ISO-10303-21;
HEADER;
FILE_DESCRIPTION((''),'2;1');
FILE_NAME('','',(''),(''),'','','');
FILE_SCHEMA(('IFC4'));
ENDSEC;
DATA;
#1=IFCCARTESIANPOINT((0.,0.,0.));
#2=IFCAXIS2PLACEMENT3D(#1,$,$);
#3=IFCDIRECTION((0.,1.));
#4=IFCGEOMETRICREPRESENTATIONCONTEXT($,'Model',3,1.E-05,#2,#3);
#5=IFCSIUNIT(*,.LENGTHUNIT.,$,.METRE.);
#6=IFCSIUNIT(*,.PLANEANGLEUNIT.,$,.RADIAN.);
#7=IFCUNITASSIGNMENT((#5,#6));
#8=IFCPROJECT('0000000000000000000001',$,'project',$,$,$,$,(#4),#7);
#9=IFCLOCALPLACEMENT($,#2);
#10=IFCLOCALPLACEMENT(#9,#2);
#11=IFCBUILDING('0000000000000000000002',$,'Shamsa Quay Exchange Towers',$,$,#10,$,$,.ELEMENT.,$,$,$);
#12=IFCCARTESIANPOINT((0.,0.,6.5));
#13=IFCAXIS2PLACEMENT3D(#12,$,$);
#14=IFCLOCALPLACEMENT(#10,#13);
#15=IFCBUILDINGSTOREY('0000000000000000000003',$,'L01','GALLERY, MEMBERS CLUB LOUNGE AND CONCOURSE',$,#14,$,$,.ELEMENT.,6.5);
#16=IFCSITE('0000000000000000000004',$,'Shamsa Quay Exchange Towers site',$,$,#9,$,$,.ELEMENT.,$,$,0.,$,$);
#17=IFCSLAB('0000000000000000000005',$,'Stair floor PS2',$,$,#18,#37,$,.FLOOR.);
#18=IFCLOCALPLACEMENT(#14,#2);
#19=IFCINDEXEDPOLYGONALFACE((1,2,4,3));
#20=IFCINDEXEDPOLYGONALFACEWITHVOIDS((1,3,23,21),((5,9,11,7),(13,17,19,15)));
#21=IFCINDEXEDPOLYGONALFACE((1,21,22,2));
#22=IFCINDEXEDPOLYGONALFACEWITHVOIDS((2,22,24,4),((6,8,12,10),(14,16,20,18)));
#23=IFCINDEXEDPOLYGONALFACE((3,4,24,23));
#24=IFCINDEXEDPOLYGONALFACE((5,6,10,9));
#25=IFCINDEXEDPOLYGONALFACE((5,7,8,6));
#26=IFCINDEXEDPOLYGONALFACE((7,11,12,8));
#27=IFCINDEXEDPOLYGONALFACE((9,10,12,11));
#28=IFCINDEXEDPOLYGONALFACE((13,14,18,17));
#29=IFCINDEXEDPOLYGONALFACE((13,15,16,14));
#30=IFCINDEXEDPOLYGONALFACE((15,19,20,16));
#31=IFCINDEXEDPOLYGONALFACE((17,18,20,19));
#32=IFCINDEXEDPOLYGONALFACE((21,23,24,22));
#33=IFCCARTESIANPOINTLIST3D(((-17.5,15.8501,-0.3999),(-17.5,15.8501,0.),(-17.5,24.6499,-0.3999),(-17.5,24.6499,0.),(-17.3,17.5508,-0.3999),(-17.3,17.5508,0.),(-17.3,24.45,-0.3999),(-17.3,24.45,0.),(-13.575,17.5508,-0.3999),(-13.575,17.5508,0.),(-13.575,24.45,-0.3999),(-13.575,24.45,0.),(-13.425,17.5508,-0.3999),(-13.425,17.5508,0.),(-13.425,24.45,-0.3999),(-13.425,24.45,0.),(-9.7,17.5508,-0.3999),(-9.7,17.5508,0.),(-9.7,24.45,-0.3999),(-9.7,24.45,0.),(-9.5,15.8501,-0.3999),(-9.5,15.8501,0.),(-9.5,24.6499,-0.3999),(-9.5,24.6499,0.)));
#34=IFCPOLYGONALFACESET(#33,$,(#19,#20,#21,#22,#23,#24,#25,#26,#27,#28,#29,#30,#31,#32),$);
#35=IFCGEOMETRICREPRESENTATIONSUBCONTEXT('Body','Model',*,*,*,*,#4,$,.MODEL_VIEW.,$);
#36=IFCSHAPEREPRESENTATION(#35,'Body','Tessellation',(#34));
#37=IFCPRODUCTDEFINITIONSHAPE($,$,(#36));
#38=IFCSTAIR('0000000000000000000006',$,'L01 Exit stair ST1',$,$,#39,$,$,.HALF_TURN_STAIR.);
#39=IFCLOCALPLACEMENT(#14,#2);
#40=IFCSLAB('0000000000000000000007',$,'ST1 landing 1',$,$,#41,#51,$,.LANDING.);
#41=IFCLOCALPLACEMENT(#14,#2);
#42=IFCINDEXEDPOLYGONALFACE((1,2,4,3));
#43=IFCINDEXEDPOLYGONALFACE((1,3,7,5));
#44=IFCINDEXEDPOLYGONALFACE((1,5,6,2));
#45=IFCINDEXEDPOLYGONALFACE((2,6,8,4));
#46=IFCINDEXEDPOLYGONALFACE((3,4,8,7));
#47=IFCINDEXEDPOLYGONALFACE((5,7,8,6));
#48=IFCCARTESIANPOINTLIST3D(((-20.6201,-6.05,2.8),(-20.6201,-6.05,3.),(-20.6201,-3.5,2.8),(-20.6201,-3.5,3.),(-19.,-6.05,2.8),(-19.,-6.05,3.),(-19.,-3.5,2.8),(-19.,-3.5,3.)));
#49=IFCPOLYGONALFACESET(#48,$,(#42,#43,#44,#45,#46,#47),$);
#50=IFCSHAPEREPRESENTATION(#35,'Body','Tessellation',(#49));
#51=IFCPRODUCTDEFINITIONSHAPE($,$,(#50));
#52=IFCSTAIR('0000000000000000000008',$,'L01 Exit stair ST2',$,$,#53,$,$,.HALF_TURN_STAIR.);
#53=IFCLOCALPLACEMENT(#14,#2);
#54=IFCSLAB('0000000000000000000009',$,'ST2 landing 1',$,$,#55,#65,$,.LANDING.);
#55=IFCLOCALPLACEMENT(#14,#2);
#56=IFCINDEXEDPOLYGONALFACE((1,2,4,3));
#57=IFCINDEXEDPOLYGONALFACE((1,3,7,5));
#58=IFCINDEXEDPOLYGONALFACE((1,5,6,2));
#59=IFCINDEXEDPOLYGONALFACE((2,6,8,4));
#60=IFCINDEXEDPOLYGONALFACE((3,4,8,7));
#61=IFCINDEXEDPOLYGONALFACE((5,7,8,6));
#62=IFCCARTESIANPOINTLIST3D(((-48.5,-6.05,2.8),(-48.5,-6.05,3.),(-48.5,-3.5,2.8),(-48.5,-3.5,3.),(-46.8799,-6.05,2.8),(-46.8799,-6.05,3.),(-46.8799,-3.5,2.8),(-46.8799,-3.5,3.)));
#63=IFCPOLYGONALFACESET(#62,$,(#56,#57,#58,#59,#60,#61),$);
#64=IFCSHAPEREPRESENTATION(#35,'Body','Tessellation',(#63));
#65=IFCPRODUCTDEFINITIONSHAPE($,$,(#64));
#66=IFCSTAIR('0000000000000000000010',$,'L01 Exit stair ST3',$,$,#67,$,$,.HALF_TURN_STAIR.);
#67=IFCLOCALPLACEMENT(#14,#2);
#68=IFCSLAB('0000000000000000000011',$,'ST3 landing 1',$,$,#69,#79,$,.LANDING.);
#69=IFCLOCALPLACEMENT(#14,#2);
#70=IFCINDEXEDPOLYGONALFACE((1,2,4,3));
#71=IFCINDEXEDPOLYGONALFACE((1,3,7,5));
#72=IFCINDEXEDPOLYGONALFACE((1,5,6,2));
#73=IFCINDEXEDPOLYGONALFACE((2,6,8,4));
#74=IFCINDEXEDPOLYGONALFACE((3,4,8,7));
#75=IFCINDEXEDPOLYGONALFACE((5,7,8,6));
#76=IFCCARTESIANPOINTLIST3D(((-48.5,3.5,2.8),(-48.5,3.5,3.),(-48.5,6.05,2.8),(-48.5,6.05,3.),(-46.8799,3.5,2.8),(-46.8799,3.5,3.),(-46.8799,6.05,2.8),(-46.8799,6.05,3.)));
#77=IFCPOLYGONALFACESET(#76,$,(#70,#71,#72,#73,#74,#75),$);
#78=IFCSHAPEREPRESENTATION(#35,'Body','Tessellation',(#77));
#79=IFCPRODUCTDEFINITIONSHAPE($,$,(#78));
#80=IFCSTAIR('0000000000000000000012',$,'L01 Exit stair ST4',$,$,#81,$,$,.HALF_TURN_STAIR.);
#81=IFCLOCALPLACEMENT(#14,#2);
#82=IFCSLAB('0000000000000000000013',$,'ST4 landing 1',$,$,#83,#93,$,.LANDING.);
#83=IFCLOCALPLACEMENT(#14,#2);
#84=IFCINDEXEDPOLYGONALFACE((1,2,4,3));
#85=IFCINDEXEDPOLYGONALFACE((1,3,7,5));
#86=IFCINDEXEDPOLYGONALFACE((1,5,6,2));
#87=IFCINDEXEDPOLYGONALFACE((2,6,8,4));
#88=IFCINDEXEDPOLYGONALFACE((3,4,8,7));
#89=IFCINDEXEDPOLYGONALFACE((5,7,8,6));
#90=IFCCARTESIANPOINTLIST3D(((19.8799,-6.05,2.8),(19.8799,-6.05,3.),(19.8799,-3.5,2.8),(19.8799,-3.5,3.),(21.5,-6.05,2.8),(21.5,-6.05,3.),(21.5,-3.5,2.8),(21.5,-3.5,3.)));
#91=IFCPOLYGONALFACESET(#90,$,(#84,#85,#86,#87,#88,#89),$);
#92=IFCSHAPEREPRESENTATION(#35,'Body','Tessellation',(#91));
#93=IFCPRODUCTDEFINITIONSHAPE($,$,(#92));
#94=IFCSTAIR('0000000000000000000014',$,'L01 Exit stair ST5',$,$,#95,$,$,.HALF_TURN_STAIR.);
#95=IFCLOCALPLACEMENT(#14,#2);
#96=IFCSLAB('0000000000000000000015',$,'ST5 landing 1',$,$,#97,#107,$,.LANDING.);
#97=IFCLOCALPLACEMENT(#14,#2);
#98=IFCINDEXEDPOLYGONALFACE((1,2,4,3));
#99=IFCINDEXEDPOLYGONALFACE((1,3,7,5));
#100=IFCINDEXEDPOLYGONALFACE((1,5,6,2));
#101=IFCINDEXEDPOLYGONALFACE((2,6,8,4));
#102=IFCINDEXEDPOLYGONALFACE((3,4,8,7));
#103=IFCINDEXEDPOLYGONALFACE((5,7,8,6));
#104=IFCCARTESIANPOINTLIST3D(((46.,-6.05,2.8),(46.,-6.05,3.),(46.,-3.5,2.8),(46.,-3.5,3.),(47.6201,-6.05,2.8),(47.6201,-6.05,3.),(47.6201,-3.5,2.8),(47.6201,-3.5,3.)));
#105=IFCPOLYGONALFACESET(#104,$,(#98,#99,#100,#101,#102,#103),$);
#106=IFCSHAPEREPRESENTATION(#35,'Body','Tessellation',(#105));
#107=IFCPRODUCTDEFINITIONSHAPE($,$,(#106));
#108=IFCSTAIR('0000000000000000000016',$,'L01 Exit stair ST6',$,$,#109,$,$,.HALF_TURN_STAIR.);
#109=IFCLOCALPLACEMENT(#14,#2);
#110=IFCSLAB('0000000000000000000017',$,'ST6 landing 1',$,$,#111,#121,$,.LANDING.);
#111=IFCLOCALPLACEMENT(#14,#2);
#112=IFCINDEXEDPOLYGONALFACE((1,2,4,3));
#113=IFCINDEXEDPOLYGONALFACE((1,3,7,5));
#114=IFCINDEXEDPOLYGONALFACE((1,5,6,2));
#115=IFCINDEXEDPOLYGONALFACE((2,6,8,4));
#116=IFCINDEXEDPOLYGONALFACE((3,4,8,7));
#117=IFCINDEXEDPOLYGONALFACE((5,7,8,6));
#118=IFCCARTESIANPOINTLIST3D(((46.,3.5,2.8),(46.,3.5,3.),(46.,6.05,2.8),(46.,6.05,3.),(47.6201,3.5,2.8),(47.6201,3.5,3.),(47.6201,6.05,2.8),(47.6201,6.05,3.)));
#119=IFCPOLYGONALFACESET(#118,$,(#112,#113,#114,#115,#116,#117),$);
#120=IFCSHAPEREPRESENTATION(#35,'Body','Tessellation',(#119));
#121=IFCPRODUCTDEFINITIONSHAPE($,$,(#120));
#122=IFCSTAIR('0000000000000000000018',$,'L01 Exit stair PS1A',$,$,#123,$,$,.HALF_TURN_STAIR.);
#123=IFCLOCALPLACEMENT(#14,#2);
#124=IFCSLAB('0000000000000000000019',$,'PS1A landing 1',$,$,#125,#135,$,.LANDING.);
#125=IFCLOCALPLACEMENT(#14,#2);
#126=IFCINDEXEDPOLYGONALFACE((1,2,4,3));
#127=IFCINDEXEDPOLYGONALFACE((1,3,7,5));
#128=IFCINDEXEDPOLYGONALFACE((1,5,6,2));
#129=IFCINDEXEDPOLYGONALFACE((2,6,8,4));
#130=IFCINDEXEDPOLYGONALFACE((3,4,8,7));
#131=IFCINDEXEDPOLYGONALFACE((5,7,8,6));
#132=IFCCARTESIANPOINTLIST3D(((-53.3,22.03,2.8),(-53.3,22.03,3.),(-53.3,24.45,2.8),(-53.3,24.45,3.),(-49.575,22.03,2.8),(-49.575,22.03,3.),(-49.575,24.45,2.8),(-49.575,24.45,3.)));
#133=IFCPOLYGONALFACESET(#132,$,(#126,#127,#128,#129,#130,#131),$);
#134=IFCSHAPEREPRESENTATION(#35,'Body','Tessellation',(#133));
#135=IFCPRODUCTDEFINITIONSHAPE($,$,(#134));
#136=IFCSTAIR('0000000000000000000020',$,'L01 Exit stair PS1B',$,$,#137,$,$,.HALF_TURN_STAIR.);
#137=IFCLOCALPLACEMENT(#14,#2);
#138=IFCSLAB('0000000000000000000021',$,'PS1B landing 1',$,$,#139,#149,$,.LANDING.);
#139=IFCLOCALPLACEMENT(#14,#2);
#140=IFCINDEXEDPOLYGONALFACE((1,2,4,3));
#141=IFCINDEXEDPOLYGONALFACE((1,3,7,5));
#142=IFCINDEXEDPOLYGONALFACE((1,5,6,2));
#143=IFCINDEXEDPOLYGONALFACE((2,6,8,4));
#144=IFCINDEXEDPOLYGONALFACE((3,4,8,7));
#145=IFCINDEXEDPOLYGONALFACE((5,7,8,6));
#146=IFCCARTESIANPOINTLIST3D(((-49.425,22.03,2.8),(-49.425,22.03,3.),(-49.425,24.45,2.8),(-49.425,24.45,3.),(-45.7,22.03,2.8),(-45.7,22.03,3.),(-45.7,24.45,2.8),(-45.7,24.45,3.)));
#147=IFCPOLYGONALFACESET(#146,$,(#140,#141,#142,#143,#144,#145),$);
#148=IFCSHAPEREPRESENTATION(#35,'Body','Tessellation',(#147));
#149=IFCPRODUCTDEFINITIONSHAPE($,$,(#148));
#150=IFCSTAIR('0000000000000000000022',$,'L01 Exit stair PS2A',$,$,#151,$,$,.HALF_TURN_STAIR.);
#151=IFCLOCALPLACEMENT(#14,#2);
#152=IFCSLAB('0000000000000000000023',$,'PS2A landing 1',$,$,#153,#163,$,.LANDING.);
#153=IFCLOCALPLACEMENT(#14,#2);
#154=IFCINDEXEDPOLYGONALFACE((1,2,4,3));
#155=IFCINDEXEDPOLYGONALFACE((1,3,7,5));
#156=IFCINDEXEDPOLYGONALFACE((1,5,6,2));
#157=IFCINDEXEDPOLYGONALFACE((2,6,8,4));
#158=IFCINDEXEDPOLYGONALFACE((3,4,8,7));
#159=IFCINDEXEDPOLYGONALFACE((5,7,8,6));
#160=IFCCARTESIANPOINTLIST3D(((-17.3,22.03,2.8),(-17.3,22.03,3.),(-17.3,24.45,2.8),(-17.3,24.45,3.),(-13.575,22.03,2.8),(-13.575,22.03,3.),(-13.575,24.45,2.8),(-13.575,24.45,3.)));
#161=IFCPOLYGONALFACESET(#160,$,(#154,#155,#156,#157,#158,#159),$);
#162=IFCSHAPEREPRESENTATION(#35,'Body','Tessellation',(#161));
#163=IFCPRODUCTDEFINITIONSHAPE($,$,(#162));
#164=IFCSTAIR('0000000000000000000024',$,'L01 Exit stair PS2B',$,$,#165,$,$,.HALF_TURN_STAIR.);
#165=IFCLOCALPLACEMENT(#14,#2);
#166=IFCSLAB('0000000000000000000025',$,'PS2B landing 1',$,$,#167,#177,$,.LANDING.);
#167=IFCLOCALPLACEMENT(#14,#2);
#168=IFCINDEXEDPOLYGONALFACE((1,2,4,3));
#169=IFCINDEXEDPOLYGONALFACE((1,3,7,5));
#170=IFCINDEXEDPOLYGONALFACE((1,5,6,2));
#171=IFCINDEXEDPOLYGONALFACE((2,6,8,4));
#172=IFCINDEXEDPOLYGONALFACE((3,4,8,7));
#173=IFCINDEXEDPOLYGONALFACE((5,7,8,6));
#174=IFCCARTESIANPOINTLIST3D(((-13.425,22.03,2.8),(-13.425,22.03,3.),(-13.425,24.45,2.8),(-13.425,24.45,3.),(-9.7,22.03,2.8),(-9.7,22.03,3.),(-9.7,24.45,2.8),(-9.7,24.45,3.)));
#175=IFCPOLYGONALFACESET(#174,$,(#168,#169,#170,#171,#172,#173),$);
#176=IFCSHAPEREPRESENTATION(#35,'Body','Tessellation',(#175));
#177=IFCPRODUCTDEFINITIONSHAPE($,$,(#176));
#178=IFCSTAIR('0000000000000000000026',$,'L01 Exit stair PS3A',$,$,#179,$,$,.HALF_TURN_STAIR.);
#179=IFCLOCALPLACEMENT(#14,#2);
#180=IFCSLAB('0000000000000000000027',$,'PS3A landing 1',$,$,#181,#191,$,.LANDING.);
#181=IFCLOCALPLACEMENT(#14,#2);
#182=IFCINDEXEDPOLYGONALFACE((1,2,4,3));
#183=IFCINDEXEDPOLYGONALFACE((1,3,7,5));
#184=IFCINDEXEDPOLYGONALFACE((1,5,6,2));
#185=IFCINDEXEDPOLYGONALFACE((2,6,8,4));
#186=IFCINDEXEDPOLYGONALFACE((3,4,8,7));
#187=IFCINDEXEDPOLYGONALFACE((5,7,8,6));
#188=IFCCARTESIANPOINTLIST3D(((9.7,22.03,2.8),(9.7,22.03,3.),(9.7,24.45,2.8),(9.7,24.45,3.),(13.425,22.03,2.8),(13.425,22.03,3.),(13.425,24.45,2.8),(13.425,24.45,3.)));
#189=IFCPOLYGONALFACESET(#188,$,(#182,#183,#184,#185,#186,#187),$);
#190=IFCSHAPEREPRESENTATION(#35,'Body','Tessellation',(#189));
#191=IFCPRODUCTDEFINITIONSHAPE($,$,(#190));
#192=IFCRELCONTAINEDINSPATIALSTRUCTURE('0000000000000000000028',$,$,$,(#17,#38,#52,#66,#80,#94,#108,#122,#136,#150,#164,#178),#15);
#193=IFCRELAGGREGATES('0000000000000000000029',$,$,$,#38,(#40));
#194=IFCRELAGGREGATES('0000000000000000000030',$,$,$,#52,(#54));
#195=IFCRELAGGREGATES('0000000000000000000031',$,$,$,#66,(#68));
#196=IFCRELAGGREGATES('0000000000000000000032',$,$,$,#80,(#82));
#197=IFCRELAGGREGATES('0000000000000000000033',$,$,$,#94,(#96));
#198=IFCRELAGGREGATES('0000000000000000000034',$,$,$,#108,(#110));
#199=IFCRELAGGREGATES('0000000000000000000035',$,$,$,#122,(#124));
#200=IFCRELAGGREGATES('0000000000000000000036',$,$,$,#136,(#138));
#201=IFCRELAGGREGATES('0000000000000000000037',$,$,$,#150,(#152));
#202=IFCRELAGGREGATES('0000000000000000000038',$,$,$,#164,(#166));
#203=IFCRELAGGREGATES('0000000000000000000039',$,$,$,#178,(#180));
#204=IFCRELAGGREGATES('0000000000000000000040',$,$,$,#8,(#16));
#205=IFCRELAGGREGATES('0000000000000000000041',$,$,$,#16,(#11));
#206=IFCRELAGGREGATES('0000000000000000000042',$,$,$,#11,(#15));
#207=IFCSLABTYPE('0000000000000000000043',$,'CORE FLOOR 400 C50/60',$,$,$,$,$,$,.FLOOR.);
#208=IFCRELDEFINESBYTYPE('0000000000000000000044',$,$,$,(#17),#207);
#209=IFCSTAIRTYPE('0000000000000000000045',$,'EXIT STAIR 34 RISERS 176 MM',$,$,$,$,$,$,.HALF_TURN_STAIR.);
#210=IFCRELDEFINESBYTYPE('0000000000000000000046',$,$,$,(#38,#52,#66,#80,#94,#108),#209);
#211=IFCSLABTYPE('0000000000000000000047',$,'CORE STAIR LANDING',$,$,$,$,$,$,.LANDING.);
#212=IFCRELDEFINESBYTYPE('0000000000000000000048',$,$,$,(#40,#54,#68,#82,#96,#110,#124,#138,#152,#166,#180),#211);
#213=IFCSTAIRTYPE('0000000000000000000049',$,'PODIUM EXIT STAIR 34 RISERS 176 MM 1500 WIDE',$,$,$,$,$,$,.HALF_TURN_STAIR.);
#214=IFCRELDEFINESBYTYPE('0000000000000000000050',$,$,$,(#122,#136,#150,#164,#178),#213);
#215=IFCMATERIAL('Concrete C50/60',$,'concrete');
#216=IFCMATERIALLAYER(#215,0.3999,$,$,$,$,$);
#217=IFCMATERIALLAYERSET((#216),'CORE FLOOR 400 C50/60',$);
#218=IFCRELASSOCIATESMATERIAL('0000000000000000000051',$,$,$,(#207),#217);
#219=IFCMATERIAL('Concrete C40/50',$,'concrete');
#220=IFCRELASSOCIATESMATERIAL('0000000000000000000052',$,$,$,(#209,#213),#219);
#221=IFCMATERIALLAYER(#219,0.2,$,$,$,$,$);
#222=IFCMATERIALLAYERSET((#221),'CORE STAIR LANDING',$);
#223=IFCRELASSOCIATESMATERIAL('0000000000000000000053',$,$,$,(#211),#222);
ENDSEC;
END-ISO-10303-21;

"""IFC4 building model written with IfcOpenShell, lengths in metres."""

from ifc_helpers import new_model, si_unit, direction, frame, origin, place, context, subcontext, project, spatial, polyline, outline, extrude, material, layer, layer_set, type_object, element, aggregate, save


model = new_model("IFC4")

# Units and contexts
model_context = context("Model", 3, precision=1e-05, world=origin(), true_north=direction((0.0, 1.0)))
body_context = subcontext(model_context, "Body", "Model", "MODEL_VIEW")
ifc_project = project(units=[si_unit("LENGTHUNIT", "METRE"), si_unit("PLANEANGLEUNIT", "RADIAN")], contexts=[model_context])

# Site, building, storey
site_placement = place(None, origin())
site = spatial("IfcSite", under=ifc_project, at=site_placement, Name="Shamsa Quay Exchange Towers site", CompositionType="ELEMENT", RefElevation=0.0)
building_placement = place(site_placement, origin())
building = spatial("IfcBuilding", under=site, at=building_placement, Name="Shamsa Quay Exchange Towers", CompositionType="ELEMENT")
storey_placement = place(building_placement, frame((0.0, 0.0, 6.5)))
storey = spatial("IfcBuildingStorey", under=building, at=storey_placement, Name="L01", Description="GALLERY, MEMBERS CLUB LOUNGE AND CONCOURSE", CompositionType="ELEMENT", Elevation=6.5)

# Slab
ifc_material_1 = material(Name="Concrete C50/60", Category="concrete")
ifc_layer_1 = layer(ifc_material_1, 0.3999)
ifc_layer_set_1 = layer_set([ifc_layer_1], Name="CORE FLOOR 400 C50/60")
slab_type_1 = type_object("IfcSlabType", Name="CORE FLOOR 400 C50/60", PredefinedType="FLOOR", material=ifc_layer_set_1)
slab_1_placement = place(storey_placement, frame((0.0, 0.0, -0.3999)))
element("IfcSlab", 1, at=slab_1_placement, inside=storey, type_object=slab_type_1, Name="Stair floor PS2", PredefinedType="FLOOR", context=body_context, shape_type="SweptSolid", body=[
    extrude(outline(polyline([(-17.5, 15.8501), (-9.5, 15.8501), (-9.5, 24.6499), (-17.5, 24.6499), (-17.5, 15.8501)]), holes=[polyline([(-13.575, 17.5508), (-17.3, 17.5508), (-17.3, 24.45), (-13.575, 24.45), (-13.575, 17.5508)]), polyline([(-9.7, 17.5508), (-13.425, 17.5508), (-13.425, 24.45), (-9.7, 24.45), (-9.7, 17.5508)])]), origin(), (0.0, 0.0, 1.0), 0.3999),
])

# Stairs, slabs
ifc_material_2 = material(Name="Concrete C40/50", Category="concrete")
stair_type_1 = type_object("IfcStairType", Name="EXIT STAIR 34 RISERS 176 MM", PredefinedType="HALF_TURN_STAIR", material=ifc_material_2)
stair_1_placement = place(storey_placement, origin())
stair_1 = element("IfcStair", 2, at=stair_1_placement, inside=storey, type_object=stair_type_1, Name="L01 Exit stair ST1", PredefinedType="HALF_TURN_STAIR")
ifc_layer_2 = layer(ifc_material_2, 0.2)
ifc_layer_set_2 = layer_set([ifc_layer_2], Name="CORE STAIR LANDING")
slab_type_2 = type_object("IfcSlabType", Name="CORE STAIR LANDING", PredefinedType="LANDING", material=ifc_layer_set_2)
slab_2_placement = place(storey_placement, frame((0.0, 0.0, 2.8)))
slab_2 = element("IfcSlab", 3, at=slab_2_placement, type_object=slab_type_2, Name="ST1 landing 1", PredefinedType="LANDING", context=body_context, shape_type="SweptSolid", body=[
    extrude(outline(polyline([(-20.6201, -6.05), (-19.0, -6.05), (-19.0, -3.5), (-20.6201, -3.5), (-20.6201, -6.05)])), origin(), (0.0, 0.0, 1.0), 0.2),
])
aggregate(stair_1, [slab_2])
stair_2_placement = place(storey_placement, origin())
stair_2 = element("IfcStair", 4, at=stair_2_placement, inside=storey, type_object=stair_type_1, Name="L01 Exit stair ST2", PredefinedType="HALF_TURN_STAIR")
slab_3_placement = place(storey_placement, frame((0.0, 0.0, 2.8)))
slab_3 = element("IfcSlab", 5, at=slab_3_placement, type_object=slab_type_2, Name="ST2 landing 1", PredefinedType="LANDING", context=body_context, shape_type="SweptSolid", body=[
    extrude(outline(polyline([(-46.8799, -3.5), (-48.5, -3.5), (-48.5, -6.05), (-46.8799, -6.05), (-46.8799, -3.5)])), origin(), (0.0, 0.0, 1.0), 0.2),
])
aggregate(stair_2, [slab_3])
stair_3_placement = place(storey_placement, origin())
stair_3 = element("IfcStair", 6, at=stair_3_placement, inside=storey, type_object=stair_type_1, Name="L01 Exit stair ST3", PredefinedType="HALF_TURN_STAIR")
slab_4_placement = place(storey_placement, frame((0.0, 0.0, 2.8)))
slab_4 = element("IfcSlab", 7, at=slab_4_placement, type_object=slab_type_2, Name="ST3 landing 1", PredefinedType="LANDING", context=body_context, shape_type="SweptSolid", body=[
    extrude(outline(polyline([(-46.8799, 6.05), (-48.5, 6.05), (-48.5, 3.5), (-46.8799, 3.5), (-46.8799, 6.05)])), origin(), (0.0, 0.0, 1.0), 0.2),
])
aggregate(stair_3, [slab_4])
stair_4_placement = place(storey_placement, origin())
stair_4 = element("IfcStair", 8, at=stair_4_placement, inside=storey, type_object=stair_type_1, Name="L01 Exit stair ST4", PredefinedType="HALF_TURN_STAIR")
slab_5_placement = place(storey_placement, frame((0.0, 0.0, 2.8)))
slab_5 = element("IfcSlab", 9, at=slab_5_placement, type_object=slab_type_2, Name="ST4 landing 1", PredefinedType="LANDING", context=body_context, shape_type="SweptSolid", body=[
    extrude(outline(polyline([(19.8799, -6.05), (21.5, -6.05), (21.5, -3.5), (19.8799, -3.5), (19.8799, -6.05)])), origin(), (0.0, 0.0, 1.0), 0.2),
])
aggregate(stair_4, [slab_5])
stair_5_placement = place(storey_placement, origin())
stair_5 = element("IfcStair", 10, at=stair_5_placement, inside=storey, type_object=stair_type_1, Name="L01 Exit stair ST5", PredefinedType="HALF_TURN_STAIR")
slab_6_placement = place(storey_placement, frame((0.0, 0.0, 2.8)))
slab_6 = element("IfcSlab", 11, at=slab_6_placement, type_object=slab_type_2, Name="ST5 landing 1", PredefinedType="LANDING", context=body_context, shape_type="SweptSolid", body=[
    extrude(outline(polyline([(47.6201, -3.5), (46.0, -3.5), (46.0, -6.05), (47.6201, -6.05), (47.6201, -3.5)])), origin(), (0.0, 0.0, 1.0), 0.2),
])
aggregate(stair_5, [slab_6])
stair_6_placement = place(storey_placement, origin())
stair_6 = element("IfcStair", 12, at=stair_6_placement, inside=storey, type_object=stair_type_1, Name="L01 Exit stair ST6", PredefinedType="HALF_TURN_STAIR")
slab_7_placement = place(storey_placement, frame((0.0, 0.0, 2.8)))
slab_7 = element("IfcSlab", 13, at=slab_7_placement, type_object=slab_type_2, Name="ST6 landing 1", PredefinedType="LANDING", context=body_context, shape_type="SweptSolid", body=[
    extrude(outline(polyline([(47.6201, 6.05), (46.0, 6.05), (46.0, 3.5), (47.6201, 3.5), (47.6201, 6.05)])), origin(), (0.0, 0.0, 1.0), 0.2),
])
aggregate(stair_6, [slab_7])
stair_type_2 = type_object("IfcStairType", Name="PODIUM EXIT STAIR 34 RISERS 176 MM 1500 WIDE", PredefinedType="HALF_TURN_STAIR", material=ifc_material_2)
stair_7_placement = place(storey_placement, origin())
stair_7 = element("IfcStair", 14, at=stair_7_placement, inside=storey, type_object=stair_type_2, Name="L01 Exit stair PS1A", PredefinedType="HALF_TURN_STAIR")
slab_8_placement = place(storey_placement, frame((0.0, 0.0, 2.8)))
slab_8 = element("IfcSlab", 15, at=slab_8_placement, type_object=slab_type_2, Name="PS1A landing 1", PredefinedType="LANDING", context=body_context, shape_type="SweptSolid", body=[
    extrude(outline(polyline([(-49.575, 22.03), (-49.575, 24.45), (-53.3, 24.45), (-53.3, 22.03), (-49.575, 22.03)])), origin(), (0.0, 0.0, 1.0), 0.2),
])
aggregate(stair_7, [slab_8])
stair_8_placement = place(storey_placement, origin())
stair_8 = element("IfcStair", 16, at=stair_8_placement, inside=storey, type_object=stair_type_2, Name="L01 Exit stair PS1B", PredefinedType="HALF_TURN_STAIR")
slab_9_placement = place(storey_placement, frame((0.0, 0.0, 2.8)))
slab_9 = element("IfcSlab", 17, at=slab_9_placement, type_object=slab_type_2, Name="PS1B landing 1", PredefinedType="LANDING", context=body_context, shape_type="SweptSolid", body=[
    extrude(outline(polyline([(-45.7, 22.03), (-45.7, 24.45), (-49.425, 24.45), (-49.425, 22.03), (-45.7, 22.03)])), origin(), (0.0, 0.0, 1.0), 0.2),
])
aggregate(stair_8, [slab_9])
stair_9_placement = place(storey_placement, origin())
stair_9 = element("IfcStair", 18, at=stair_9_placement, inside=storey, type_object=stair_type_2, Name="L01 Exit stair PS2A", PredefinedType="HALF_TURN_STAIR")
slab_10_placement = place(storey_placement, frame((0.0, 0.0, 2.8)))
slab_10 = element("IfcSlab", 19, at=slab_10_placement, type_object=slab_type_2, Name="PS2A landing 1", PredefinedType="LANDING", context=body_context, shape_type="SweptSolid", body=[
    extrude(outline(polyline([(-13.575, 22.03), (-13.575, 24.45), (-17.3, 24.45), (-17.3, 22.03), (-13.575, 22.03)])), origin(), (0.0, 0.0, 1.0), 0.2),
])
aggregate(stair_9, [slab_10])
stair_10_placement = place(storey_placement, origin())
stair_10 = element("IfcStair", 20, at=stair_10_placement, inside=storey, type_object=stair_type_2, Name="L01 Exit stair PS2B", PredefinedType="HALF_TURN_STAIR")
slab_11_placement = place(storey_placement, frame((0.0, 0.0, 2.8)))
slab_11 = element("IfcSlab", 21, at=slab_11_placement, type_object=slab_type_2, Name="PS2B landing 1", PredefinedType="LANDING", context=body_context, shape_type="SweptSolid", body=[
    extrude(outline(polyline([(-9.7, 22.03), (-9.7, 24.45), (-13.425, 24.45), (-13.425, 22.03), (-9.7, 22.03)])), origin(), (0.0, 0.0, 1.0), 0.2),
])
aggregate(stair_10, [slab_11])
stair_11_placement = place(storey_placement, origin())
stair_11 = element("IfcStair", 22, at=stair_11_placement, inside=storey, type_object=stair_type_2, Name="L01 Exit stair PS3A", PredefinedType="HALF_TURN_STAIR")
slab_12_placement = place(storey_placement, frame((0.0, 0.0, 2.8)))
slab_12 = element("IfcSlab", 23, at=slab_12_placement, type_object=slab_type_2, Name="PS3A landing 1", PredefinedType="LANDING", context=body_context, shape_type="SweptSolid", body=[
    extrude(outline(polyline([(13.425, 22.03), (13.425, 24.45), (9.7, 24.45), (9.7, 22.03), (13.425, 22.03)])), origin(), (0.0, 0.0, 1.0), 0.2),
])
aggregate(stair_11, [slab_12])

save(model, "model.ifc")
